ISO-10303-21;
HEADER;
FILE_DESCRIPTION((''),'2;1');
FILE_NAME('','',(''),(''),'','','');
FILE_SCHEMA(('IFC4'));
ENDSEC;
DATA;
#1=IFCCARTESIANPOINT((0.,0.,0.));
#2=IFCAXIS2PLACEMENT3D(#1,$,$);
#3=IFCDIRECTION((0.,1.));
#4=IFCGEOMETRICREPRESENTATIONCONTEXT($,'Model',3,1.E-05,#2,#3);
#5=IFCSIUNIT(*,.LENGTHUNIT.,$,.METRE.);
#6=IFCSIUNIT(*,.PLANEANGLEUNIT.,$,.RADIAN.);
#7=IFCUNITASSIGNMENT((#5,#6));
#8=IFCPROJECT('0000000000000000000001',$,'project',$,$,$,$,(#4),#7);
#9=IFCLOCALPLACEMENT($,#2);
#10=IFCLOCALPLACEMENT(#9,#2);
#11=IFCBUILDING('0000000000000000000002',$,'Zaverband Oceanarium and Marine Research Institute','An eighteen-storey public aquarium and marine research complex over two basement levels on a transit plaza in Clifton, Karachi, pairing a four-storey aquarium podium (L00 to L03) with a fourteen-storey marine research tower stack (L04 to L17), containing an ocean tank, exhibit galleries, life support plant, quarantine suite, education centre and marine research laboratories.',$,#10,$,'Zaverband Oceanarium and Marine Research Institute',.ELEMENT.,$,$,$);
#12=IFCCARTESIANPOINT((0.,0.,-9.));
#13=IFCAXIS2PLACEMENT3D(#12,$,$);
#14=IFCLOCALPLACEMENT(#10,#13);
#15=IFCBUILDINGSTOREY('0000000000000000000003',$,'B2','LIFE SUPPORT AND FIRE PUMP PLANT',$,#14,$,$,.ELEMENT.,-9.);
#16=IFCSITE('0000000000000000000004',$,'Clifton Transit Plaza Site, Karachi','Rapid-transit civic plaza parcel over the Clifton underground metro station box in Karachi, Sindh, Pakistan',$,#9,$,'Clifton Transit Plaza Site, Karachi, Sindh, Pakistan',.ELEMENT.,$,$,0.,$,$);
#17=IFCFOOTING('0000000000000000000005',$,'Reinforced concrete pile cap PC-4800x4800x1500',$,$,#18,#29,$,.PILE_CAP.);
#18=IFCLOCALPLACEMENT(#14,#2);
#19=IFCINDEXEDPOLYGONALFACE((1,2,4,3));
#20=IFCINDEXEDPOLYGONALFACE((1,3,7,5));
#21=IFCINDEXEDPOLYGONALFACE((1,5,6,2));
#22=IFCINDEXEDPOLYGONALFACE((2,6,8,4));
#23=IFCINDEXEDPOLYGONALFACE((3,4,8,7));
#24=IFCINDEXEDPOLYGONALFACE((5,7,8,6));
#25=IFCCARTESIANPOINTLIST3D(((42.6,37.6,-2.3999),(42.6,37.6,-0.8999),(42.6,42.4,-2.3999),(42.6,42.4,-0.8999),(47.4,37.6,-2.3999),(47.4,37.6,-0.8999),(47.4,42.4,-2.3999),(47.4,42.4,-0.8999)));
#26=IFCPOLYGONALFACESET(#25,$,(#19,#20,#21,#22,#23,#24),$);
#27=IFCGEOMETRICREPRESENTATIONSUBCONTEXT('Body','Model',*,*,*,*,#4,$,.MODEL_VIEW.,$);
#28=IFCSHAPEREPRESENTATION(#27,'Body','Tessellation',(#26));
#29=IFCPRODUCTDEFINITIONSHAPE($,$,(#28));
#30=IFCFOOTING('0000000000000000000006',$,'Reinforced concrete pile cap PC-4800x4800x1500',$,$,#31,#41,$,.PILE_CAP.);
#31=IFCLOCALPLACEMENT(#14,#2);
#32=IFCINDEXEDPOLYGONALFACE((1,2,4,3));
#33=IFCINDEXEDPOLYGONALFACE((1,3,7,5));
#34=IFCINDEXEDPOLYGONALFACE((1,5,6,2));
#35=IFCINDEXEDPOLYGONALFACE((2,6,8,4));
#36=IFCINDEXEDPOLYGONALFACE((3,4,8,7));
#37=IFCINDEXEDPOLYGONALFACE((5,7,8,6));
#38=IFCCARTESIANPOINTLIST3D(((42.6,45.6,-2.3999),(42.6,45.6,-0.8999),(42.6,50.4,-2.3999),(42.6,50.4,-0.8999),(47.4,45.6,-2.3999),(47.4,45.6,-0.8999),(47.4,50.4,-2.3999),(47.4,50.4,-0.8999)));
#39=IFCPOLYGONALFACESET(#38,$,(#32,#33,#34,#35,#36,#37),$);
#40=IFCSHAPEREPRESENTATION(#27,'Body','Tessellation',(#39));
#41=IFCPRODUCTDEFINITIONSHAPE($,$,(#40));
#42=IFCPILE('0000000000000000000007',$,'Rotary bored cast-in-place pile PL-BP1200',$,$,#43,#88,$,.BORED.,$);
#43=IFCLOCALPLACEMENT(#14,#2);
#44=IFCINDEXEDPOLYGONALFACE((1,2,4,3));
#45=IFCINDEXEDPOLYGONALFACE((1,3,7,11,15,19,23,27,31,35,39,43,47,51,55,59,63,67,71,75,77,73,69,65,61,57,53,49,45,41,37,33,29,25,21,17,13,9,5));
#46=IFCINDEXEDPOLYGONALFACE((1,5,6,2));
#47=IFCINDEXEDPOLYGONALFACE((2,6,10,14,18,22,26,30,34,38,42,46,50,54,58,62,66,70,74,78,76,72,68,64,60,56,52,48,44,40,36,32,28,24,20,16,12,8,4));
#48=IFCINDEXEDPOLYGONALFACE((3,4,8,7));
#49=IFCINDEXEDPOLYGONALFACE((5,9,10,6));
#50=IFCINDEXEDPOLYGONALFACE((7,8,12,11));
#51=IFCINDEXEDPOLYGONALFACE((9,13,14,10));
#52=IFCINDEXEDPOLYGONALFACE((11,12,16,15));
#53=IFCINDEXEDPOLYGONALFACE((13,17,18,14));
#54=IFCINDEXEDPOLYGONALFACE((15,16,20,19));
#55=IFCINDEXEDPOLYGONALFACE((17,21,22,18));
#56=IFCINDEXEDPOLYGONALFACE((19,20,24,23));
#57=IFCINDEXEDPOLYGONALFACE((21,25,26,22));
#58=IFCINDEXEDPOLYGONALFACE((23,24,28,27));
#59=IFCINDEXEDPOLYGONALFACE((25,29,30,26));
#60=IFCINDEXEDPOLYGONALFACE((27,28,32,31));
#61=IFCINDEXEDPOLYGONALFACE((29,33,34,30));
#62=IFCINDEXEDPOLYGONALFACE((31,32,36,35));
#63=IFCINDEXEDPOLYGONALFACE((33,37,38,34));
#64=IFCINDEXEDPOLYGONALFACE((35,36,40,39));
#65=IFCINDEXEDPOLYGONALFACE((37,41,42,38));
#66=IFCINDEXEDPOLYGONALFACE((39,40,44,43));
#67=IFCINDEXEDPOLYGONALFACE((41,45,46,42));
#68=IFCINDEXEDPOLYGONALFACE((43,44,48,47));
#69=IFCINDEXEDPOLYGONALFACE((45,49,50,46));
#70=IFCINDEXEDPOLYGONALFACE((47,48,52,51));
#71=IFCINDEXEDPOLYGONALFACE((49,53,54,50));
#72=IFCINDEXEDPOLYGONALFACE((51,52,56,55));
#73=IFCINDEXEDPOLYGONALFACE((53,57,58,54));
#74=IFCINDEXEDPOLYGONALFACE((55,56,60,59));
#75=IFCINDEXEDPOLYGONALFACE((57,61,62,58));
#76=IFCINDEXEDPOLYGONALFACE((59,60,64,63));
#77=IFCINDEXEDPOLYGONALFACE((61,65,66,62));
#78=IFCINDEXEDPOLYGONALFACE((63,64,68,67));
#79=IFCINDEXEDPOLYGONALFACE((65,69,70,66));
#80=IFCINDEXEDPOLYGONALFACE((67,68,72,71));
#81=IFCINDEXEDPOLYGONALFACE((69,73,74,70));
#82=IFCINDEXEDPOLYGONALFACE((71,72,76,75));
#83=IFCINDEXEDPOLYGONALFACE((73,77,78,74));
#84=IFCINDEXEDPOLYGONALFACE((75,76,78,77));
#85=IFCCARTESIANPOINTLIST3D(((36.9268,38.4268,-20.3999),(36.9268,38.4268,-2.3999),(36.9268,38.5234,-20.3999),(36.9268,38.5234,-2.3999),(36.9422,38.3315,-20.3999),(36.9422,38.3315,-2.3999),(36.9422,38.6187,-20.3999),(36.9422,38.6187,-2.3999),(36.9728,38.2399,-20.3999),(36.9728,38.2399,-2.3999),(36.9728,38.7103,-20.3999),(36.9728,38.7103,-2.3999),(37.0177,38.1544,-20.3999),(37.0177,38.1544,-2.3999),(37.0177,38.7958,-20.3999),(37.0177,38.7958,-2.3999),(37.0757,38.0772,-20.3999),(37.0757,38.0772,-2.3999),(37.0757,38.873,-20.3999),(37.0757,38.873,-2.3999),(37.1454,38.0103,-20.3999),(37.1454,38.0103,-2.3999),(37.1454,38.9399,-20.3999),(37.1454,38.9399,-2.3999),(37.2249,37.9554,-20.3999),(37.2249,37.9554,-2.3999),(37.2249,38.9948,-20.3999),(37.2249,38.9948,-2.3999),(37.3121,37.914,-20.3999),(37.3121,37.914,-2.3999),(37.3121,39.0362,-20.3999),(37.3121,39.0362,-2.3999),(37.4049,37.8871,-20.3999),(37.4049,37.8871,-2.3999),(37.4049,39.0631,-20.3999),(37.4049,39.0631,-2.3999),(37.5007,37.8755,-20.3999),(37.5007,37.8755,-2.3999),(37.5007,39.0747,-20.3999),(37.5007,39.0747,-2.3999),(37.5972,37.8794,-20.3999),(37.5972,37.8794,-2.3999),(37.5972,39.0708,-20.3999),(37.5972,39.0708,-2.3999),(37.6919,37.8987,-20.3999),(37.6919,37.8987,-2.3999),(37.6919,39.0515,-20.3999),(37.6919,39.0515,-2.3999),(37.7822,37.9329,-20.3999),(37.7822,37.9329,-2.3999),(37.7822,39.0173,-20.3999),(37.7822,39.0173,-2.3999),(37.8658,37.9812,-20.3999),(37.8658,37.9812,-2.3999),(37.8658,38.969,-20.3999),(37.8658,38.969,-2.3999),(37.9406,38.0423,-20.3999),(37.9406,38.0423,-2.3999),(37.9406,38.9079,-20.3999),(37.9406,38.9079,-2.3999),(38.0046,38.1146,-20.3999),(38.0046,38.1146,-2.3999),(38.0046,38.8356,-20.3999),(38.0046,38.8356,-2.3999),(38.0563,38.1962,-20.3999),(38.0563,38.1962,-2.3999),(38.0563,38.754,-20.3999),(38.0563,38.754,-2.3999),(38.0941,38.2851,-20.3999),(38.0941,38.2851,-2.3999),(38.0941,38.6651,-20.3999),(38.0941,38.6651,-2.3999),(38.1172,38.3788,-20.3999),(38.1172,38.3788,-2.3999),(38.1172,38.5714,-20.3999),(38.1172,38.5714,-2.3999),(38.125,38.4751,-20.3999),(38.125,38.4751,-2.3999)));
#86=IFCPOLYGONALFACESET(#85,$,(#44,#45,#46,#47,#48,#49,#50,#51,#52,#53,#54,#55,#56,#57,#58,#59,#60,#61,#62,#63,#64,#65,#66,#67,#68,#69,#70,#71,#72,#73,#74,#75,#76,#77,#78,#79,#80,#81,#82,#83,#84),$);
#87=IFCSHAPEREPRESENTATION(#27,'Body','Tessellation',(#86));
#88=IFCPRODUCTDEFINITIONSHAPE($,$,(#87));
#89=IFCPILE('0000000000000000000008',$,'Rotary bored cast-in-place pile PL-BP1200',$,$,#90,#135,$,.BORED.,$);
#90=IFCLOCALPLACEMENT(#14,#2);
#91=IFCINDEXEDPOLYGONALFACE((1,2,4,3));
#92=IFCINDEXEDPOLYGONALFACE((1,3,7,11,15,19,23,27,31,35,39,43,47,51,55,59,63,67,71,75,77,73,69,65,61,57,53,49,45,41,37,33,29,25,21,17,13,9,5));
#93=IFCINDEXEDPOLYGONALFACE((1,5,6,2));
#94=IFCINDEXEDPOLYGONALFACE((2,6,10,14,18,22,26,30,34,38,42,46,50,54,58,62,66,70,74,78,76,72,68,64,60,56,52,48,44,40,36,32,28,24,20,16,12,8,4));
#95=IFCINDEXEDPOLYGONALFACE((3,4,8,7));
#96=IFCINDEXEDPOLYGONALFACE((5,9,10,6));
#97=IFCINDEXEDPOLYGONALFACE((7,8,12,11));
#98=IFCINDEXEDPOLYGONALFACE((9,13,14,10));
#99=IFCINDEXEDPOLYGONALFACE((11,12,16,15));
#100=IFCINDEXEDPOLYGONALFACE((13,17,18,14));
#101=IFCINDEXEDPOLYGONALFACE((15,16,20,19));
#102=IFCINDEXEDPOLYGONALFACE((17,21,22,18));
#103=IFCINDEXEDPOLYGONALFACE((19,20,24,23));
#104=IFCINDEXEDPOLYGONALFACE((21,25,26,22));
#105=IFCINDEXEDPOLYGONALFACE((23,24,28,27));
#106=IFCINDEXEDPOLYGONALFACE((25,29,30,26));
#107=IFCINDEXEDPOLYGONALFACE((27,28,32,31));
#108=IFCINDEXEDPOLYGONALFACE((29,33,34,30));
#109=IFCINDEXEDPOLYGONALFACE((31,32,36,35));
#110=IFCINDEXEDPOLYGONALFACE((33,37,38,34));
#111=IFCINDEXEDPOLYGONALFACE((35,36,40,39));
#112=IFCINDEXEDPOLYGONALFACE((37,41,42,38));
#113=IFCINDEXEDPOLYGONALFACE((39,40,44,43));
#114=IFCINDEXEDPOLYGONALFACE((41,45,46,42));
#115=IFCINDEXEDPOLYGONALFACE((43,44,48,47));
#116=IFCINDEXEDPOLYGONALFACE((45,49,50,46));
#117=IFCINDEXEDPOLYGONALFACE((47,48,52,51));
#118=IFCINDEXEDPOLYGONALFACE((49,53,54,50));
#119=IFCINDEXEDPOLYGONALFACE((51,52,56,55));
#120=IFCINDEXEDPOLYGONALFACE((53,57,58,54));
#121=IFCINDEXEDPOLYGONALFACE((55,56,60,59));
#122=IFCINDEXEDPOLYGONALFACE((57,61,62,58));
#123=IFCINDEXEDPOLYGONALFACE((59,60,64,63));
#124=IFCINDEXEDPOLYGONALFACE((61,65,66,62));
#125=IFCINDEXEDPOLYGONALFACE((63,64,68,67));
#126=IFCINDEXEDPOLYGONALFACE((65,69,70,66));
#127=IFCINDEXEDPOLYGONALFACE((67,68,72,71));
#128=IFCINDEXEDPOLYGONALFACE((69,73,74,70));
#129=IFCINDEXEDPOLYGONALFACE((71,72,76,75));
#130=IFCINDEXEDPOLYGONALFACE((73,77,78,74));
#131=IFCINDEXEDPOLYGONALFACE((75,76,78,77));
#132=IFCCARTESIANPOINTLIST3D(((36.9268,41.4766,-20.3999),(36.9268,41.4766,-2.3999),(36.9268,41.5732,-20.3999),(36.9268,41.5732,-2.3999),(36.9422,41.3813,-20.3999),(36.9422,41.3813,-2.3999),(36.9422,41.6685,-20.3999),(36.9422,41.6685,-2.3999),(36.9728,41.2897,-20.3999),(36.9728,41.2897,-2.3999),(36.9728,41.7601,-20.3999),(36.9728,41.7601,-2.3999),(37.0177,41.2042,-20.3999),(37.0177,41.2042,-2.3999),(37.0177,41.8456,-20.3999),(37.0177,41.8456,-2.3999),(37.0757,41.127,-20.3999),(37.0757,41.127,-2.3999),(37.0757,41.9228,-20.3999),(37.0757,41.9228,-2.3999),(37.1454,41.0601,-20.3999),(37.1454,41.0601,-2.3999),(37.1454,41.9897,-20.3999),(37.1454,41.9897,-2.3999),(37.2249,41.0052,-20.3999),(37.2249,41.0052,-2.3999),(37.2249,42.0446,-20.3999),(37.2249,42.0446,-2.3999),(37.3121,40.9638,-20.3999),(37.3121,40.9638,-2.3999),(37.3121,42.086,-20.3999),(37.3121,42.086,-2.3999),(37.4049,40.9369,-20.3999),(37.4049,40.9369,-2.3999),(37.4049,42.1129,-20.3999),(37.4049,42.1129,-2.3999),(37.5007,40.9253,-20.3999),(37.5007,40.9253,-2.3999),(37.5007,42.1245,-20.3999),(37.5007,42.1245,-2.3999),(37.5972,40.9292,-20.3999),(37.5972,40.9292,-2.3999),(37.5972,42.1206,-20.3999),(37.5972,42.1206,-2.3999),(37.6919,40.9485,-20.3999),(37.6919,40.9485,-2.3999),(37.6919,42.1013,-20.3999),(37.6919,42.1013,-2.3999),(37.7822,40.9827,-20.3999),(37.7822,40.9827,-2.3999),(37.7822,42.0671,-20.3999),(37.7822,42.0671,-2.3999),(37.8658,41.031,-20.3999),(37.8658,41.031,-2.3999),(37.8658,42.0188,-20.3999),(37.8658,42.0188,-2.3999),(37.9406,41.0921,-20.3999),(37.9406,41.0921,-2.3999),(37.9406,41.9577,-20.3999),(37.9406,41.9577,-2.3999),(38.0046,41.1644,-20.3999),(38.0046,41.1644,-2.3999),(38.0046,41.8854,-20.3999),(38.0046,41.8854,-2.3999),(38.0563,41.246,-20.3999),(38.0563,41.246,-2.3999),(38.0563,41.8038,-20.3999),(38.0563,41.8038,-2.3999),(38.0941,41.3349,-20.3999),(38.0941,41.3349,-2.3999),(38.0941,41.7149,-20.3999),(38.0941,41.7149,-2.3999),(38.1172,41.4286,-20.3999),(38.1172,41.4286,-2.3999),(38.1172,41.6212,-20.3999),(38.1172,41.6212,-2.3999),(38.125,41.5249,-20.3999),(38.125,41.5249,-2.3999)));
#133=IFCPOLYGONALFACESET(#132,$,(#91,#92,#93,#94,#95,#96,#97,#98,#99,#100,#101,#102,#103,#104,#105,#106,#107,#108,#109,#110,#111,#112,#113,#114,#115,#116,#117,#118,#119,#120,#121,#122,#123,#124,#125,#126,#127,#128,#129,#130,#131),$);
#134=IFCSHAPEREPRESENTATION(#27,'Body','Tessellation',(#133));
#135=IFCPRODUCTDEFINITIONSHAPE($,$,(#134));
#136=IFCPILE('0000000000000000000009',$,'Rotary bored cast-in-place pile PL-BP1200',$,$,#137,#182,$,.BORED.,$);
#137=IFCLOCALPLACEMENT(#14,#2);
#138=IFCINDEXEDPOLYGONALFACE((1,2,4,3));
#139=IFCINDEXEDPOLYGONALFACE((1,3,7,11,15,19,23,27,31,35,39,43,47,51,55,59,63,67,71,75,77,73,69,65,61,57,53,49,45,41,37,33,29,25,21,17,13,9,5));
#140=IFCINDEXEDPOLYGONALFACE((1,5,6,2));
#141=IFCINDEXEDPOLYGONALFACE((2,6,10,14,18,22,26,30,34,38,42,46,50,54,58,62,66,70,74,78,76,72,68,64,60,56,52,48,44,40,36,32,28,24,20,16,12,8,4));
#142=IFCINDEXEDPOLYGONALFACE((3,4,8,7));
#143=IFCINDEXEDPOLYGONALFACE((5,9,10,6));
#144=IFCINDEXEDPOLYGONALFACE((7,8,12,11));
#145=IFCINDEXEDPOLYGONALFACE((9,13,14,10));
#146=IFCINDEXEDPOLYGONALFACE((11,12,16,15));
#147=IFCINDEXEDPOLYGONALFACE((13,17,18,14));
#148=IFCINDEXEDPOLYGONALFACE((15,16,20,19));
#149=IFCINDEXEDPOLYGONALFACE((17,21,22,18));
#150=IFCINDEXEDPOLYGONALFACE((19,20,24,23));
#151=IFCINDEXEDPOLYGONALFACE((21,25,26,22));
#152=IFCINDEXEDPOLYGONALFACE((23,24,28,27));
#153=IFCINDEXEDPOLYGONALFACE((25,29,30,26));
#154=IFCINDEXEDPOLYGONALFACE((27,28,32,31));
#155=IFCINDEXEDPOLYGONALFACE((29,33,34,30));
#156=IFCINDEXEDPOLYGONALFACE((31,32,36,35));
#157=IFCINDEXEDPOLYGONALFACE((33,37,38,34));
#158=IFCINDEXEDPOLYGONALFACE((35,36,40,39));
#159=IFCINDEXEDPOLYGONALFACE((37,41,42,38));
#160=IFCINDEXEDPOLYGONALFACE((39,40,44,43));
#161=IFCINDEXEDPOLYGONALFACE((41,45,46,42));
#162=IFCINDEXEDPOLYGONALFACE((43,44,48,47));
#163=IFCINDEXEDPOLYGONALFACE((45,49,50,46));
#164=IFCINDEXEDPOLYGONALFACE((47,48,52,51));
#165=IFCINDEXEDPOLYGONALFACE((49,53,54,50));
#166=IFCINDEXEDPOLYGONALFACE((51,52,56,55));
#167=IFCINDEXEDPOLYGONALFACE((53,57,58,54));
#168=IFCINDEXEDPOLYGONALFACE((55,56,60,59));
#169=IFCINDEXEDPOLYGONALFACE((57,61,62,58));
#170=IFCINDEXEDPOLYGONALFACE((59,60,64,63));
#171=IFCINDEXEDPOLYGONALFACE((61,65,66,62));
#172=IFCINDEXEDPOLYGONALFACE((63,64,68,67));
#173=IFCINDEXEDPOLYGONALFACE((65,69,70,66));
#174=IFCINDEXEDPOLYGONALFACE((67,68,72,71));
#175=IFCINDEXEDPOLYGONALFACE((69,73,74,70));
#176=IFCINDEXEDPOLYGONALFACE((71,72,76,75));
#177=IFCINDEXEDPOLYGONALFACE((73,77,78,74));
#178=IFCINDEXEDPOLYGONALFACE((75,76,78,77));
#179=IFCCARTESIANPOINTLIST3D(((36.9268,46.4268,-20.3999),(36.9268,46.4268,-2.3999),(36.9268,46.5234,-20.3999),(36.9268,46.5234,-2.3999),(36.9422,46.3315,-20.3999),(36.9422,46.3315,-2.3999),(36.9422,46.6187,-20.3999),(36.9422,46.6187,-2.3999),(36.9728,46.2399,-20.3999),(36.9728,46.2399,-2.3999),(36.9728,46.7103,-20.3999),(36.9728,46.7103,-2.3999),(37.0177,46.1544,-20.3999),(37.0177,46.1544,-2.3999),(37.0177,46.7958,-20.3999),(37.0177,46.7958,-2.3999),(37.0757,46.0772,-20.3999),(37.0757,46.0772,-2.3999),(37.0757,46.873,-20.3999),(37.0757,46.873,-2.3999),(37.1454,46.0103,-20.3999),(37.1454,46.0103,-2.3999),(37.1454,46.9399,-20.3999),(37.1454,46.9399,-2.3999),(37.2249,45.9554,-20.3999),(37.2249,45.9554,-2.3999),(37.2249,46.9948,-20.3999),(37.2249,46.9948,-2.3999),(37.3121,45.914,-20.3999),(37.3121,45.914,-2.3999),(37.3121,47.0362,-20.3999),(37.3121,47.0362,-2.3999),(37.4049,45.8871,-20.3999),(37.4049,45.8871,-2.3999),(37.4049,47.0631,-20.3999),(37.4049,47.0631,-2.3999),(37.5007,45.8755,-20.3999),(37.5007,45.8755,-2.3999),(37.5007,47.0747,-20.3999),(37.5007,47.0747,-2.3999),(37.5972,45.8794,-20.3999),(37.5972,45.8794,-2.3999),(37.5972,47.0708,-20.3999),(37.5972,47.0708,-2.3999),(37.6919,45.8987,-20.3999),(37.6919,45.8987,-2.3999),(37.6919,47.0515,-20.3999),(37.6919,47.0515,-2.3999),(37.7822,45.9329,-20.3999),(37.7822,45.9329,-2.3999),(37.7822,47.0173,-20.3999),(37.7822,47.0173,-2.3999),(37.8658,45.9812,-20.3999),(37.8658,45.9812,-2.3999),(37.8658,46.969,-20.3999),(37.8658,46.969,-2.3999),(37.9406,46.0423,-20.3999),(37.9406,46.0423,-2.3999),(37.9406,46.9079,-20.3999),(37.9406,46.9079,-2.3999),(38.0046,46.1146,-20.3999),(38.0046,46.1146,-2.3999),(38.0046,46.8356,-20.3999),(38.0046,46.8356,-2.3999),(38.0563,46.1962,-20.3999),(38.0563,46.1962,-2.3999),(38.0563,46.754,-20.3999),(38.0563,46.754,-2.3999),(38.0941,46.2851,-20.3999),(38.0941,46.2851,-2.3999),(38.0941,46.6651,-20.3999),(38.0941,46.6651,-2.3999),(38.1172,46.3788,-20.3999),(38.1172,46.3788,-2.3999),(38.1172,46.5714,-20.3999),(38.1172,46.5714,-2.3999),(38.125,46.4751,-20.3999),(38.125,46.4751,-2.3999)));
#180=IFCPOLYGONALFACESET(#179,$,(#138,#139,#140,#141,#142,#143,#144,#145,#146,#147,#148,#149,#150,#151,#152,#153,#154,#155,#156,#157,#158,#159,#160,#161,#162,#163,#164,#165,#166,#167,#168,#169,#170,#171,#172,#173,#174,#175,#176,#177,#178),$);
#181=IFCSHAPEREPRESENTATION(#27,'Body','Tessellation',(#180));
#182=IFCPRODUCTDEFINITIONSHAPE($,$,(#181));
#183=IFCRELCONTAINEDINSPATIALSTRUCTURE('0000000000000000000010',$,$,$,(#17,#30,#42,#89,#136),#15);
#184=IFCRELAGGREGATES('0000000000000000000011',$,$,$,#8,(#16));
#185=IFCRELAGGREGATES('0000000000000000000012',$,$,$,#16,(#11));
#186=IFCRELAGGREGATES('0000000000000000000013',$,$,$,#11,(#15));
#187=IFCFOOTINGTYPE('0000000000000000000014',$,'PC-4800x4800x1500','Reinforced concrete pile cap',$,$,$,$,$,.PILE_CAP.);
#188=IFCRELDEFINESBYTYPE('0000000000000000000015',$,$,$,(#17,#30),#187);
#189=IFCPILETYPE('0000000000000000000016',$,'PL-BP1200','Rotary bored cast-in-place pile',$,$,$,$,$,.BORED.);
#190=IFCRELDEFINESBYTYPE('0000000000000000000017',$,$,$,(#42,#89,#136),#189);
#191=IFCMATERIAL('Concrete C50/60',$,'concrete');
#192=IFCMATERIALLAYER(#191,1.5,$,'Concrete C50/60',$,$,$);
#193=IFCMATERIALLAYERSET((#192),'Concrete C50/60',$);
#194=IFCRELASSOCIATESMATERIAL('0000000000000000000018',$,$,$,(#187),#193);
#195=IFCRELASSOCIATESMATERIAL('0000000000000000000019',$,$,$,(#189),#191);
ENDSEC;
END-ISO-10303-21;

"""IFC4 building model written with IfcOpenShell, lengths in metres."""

from ifc_helpers import new_model, si_unit, direction, frame, origin, origin_2d, place, context, subcontext, project, spatial, rectangle, circle, extrude, material, layer, layer_set, material_profile, profile_set, type_object, element, save


model = new_model("IFC4")

# Units and contexts
model_context = context("Model", 3, precision=1e-05, world=origin(), true_north=direction((0.0, 1.0)))
body_context = subcontext(model_context, "Body", "Model", "MODEL_VIEW")
ifc_project = project(units=[si_unit("LENGTHUNIT", "METRE"), si_unit("PLANEANGLEUNIT", "RADIAN")], contexts=[model_context])

# Site, building, storey
site_placement = place(None, origin())
site = spatial("IfcSite", under=ifc_project, at=site_placement, Name="Clifton Transit Plaza Site, Karachi", Description="Rapid-transit civic plaza parcel over the Clifton underground metro station box in Karachi, Sindh, Pakistan", LongName="Clifton Transit Plaza Site, Karachi, Sindh, Pakistan", CompositionType="ELEMENT", RefElevation=0.0)
building_placement = place(site_placement, origin())
building = spatial("IfcBuilding", under=site, at=building_placement, Name="Zaverband Oceanarium and Marine Research Institute", Description="An eighteen-storey public aquarium and marine research complex over two basement levels on a transit plaza in Clifton, Karachi, pairing a four-storey aquarium podium (L00 to L03) with a fourteen-storey marine research tower stack (L04 to L17), containing an ocean tank, exhibit galleries, life support plant, quarantine suite, education centre and marine research laboratories.", LongName="Zaverband Oceanarium and Marine Research Institute", CompositionType="ELEMENT")
storey_placement = place(building_placement, frame((0.0, 0.0, -9.0)))
storey = spatial("IfcBuildingStorey", under=building, at=storey_placement, Name="B2", Description="LIFE SUPPORT AND FIRE PUMP PLANT", CompositionType="ELEMENT", Elevation=-9.0)

# Footings
ifc_material_1 = material(Name="Concrete C50/60", Category="concrete")
ifc_layer = layer(ifc_material_1, 1.5, Name="Concrete C50/60")
ifc_layer_set = layer_set([ifc_layer], Name="Concrete C50/60")
footing_type = type_object("IfcFootingType", Name="PC-4800x4800x1500", Description="Reinforced concrete pile cap", PredefinedType="PILE_CAP", material=ifc_layer_set)
for number, where, z_axis, x_axis, name in (
    (1, (45.0, 40.0, -2.3999), (0.0, 0.0, 1.0), (1.0, 0.0, 0.0), "Reinforced concrete pile cap PC-4800x4800x1500"),
    (2, (45.0, 48.0, -2.3999), (0.0, 0.0, 1.0), (1.0, 0.0, 0.0), "Reinforced concrete pile cap PC-4800x4800x1500"),
):
    element("IfcFooting", number, at=place(storey_placement, frame(where, z_axis=z_axis, x_axis=x_axis)), inside=storey, type_object=footing_type, Name=name, PredefinedType="PILE_CAP", context=body_context, shape_type="SweptSolid", body=[
        extrude(rectangle(XDim=4.8, YDim=4.8, at=origin_2d()), origin(), (0.0, 0.0, 1.0), 1.5),
    ])

# Piles
ifc_material_profile_1 = material_profile(ifc_material_1, circle(Radius=0.6001, at=origin_2d()), Name="BP1200")
ifc_profile_set_1 = profile_set([ifc_material_profile_1], Name="Concrete C50/60")
pile_type = type_object("IfcPileType", Name="PL-BP1200", Description="Rotary bored cast-in-place pile", PredefinedType="BORED", material=ifc_profile_set_1)
for number, where, z_axis, x_axis, name in (
    (3, (37.5249, 38.4751, -2.3999), (0.0, 0.0, -1.0), (1.0, 0.0, 0.0), "Rotary bored cast-in-place pile PL-BP1200"),
    (4, (37.5249, 41.5249, -2.3999), (0.0, 0.0, -1.0), (1.0, 0.0, 0.0), "Rotary bored cast-in-place pile PL-BP1200"),
    (5, (37.5249, 46.4751, -2.3999), (0.0, 0.0, -1.0), (1.0, 0.0, 0.0), "Rotary bored cast-in-place pile PL-BP1200"),
):
    element("IfcPile", number, at=place(storey_placement, frame(where, z_axis=z_axis, x_axis=x_axis)), inside=storey, type_object=pile_type, Name=name, PredefinedType="BORED", context=body_context, shape_type="SweptSolid", body=[
        extrude(circle(Radius=0.6001, at=origin_2d()), origin(), (0.0, 0.0, 1.0), 18.0),
    ])

save(model, "model.ifc")
